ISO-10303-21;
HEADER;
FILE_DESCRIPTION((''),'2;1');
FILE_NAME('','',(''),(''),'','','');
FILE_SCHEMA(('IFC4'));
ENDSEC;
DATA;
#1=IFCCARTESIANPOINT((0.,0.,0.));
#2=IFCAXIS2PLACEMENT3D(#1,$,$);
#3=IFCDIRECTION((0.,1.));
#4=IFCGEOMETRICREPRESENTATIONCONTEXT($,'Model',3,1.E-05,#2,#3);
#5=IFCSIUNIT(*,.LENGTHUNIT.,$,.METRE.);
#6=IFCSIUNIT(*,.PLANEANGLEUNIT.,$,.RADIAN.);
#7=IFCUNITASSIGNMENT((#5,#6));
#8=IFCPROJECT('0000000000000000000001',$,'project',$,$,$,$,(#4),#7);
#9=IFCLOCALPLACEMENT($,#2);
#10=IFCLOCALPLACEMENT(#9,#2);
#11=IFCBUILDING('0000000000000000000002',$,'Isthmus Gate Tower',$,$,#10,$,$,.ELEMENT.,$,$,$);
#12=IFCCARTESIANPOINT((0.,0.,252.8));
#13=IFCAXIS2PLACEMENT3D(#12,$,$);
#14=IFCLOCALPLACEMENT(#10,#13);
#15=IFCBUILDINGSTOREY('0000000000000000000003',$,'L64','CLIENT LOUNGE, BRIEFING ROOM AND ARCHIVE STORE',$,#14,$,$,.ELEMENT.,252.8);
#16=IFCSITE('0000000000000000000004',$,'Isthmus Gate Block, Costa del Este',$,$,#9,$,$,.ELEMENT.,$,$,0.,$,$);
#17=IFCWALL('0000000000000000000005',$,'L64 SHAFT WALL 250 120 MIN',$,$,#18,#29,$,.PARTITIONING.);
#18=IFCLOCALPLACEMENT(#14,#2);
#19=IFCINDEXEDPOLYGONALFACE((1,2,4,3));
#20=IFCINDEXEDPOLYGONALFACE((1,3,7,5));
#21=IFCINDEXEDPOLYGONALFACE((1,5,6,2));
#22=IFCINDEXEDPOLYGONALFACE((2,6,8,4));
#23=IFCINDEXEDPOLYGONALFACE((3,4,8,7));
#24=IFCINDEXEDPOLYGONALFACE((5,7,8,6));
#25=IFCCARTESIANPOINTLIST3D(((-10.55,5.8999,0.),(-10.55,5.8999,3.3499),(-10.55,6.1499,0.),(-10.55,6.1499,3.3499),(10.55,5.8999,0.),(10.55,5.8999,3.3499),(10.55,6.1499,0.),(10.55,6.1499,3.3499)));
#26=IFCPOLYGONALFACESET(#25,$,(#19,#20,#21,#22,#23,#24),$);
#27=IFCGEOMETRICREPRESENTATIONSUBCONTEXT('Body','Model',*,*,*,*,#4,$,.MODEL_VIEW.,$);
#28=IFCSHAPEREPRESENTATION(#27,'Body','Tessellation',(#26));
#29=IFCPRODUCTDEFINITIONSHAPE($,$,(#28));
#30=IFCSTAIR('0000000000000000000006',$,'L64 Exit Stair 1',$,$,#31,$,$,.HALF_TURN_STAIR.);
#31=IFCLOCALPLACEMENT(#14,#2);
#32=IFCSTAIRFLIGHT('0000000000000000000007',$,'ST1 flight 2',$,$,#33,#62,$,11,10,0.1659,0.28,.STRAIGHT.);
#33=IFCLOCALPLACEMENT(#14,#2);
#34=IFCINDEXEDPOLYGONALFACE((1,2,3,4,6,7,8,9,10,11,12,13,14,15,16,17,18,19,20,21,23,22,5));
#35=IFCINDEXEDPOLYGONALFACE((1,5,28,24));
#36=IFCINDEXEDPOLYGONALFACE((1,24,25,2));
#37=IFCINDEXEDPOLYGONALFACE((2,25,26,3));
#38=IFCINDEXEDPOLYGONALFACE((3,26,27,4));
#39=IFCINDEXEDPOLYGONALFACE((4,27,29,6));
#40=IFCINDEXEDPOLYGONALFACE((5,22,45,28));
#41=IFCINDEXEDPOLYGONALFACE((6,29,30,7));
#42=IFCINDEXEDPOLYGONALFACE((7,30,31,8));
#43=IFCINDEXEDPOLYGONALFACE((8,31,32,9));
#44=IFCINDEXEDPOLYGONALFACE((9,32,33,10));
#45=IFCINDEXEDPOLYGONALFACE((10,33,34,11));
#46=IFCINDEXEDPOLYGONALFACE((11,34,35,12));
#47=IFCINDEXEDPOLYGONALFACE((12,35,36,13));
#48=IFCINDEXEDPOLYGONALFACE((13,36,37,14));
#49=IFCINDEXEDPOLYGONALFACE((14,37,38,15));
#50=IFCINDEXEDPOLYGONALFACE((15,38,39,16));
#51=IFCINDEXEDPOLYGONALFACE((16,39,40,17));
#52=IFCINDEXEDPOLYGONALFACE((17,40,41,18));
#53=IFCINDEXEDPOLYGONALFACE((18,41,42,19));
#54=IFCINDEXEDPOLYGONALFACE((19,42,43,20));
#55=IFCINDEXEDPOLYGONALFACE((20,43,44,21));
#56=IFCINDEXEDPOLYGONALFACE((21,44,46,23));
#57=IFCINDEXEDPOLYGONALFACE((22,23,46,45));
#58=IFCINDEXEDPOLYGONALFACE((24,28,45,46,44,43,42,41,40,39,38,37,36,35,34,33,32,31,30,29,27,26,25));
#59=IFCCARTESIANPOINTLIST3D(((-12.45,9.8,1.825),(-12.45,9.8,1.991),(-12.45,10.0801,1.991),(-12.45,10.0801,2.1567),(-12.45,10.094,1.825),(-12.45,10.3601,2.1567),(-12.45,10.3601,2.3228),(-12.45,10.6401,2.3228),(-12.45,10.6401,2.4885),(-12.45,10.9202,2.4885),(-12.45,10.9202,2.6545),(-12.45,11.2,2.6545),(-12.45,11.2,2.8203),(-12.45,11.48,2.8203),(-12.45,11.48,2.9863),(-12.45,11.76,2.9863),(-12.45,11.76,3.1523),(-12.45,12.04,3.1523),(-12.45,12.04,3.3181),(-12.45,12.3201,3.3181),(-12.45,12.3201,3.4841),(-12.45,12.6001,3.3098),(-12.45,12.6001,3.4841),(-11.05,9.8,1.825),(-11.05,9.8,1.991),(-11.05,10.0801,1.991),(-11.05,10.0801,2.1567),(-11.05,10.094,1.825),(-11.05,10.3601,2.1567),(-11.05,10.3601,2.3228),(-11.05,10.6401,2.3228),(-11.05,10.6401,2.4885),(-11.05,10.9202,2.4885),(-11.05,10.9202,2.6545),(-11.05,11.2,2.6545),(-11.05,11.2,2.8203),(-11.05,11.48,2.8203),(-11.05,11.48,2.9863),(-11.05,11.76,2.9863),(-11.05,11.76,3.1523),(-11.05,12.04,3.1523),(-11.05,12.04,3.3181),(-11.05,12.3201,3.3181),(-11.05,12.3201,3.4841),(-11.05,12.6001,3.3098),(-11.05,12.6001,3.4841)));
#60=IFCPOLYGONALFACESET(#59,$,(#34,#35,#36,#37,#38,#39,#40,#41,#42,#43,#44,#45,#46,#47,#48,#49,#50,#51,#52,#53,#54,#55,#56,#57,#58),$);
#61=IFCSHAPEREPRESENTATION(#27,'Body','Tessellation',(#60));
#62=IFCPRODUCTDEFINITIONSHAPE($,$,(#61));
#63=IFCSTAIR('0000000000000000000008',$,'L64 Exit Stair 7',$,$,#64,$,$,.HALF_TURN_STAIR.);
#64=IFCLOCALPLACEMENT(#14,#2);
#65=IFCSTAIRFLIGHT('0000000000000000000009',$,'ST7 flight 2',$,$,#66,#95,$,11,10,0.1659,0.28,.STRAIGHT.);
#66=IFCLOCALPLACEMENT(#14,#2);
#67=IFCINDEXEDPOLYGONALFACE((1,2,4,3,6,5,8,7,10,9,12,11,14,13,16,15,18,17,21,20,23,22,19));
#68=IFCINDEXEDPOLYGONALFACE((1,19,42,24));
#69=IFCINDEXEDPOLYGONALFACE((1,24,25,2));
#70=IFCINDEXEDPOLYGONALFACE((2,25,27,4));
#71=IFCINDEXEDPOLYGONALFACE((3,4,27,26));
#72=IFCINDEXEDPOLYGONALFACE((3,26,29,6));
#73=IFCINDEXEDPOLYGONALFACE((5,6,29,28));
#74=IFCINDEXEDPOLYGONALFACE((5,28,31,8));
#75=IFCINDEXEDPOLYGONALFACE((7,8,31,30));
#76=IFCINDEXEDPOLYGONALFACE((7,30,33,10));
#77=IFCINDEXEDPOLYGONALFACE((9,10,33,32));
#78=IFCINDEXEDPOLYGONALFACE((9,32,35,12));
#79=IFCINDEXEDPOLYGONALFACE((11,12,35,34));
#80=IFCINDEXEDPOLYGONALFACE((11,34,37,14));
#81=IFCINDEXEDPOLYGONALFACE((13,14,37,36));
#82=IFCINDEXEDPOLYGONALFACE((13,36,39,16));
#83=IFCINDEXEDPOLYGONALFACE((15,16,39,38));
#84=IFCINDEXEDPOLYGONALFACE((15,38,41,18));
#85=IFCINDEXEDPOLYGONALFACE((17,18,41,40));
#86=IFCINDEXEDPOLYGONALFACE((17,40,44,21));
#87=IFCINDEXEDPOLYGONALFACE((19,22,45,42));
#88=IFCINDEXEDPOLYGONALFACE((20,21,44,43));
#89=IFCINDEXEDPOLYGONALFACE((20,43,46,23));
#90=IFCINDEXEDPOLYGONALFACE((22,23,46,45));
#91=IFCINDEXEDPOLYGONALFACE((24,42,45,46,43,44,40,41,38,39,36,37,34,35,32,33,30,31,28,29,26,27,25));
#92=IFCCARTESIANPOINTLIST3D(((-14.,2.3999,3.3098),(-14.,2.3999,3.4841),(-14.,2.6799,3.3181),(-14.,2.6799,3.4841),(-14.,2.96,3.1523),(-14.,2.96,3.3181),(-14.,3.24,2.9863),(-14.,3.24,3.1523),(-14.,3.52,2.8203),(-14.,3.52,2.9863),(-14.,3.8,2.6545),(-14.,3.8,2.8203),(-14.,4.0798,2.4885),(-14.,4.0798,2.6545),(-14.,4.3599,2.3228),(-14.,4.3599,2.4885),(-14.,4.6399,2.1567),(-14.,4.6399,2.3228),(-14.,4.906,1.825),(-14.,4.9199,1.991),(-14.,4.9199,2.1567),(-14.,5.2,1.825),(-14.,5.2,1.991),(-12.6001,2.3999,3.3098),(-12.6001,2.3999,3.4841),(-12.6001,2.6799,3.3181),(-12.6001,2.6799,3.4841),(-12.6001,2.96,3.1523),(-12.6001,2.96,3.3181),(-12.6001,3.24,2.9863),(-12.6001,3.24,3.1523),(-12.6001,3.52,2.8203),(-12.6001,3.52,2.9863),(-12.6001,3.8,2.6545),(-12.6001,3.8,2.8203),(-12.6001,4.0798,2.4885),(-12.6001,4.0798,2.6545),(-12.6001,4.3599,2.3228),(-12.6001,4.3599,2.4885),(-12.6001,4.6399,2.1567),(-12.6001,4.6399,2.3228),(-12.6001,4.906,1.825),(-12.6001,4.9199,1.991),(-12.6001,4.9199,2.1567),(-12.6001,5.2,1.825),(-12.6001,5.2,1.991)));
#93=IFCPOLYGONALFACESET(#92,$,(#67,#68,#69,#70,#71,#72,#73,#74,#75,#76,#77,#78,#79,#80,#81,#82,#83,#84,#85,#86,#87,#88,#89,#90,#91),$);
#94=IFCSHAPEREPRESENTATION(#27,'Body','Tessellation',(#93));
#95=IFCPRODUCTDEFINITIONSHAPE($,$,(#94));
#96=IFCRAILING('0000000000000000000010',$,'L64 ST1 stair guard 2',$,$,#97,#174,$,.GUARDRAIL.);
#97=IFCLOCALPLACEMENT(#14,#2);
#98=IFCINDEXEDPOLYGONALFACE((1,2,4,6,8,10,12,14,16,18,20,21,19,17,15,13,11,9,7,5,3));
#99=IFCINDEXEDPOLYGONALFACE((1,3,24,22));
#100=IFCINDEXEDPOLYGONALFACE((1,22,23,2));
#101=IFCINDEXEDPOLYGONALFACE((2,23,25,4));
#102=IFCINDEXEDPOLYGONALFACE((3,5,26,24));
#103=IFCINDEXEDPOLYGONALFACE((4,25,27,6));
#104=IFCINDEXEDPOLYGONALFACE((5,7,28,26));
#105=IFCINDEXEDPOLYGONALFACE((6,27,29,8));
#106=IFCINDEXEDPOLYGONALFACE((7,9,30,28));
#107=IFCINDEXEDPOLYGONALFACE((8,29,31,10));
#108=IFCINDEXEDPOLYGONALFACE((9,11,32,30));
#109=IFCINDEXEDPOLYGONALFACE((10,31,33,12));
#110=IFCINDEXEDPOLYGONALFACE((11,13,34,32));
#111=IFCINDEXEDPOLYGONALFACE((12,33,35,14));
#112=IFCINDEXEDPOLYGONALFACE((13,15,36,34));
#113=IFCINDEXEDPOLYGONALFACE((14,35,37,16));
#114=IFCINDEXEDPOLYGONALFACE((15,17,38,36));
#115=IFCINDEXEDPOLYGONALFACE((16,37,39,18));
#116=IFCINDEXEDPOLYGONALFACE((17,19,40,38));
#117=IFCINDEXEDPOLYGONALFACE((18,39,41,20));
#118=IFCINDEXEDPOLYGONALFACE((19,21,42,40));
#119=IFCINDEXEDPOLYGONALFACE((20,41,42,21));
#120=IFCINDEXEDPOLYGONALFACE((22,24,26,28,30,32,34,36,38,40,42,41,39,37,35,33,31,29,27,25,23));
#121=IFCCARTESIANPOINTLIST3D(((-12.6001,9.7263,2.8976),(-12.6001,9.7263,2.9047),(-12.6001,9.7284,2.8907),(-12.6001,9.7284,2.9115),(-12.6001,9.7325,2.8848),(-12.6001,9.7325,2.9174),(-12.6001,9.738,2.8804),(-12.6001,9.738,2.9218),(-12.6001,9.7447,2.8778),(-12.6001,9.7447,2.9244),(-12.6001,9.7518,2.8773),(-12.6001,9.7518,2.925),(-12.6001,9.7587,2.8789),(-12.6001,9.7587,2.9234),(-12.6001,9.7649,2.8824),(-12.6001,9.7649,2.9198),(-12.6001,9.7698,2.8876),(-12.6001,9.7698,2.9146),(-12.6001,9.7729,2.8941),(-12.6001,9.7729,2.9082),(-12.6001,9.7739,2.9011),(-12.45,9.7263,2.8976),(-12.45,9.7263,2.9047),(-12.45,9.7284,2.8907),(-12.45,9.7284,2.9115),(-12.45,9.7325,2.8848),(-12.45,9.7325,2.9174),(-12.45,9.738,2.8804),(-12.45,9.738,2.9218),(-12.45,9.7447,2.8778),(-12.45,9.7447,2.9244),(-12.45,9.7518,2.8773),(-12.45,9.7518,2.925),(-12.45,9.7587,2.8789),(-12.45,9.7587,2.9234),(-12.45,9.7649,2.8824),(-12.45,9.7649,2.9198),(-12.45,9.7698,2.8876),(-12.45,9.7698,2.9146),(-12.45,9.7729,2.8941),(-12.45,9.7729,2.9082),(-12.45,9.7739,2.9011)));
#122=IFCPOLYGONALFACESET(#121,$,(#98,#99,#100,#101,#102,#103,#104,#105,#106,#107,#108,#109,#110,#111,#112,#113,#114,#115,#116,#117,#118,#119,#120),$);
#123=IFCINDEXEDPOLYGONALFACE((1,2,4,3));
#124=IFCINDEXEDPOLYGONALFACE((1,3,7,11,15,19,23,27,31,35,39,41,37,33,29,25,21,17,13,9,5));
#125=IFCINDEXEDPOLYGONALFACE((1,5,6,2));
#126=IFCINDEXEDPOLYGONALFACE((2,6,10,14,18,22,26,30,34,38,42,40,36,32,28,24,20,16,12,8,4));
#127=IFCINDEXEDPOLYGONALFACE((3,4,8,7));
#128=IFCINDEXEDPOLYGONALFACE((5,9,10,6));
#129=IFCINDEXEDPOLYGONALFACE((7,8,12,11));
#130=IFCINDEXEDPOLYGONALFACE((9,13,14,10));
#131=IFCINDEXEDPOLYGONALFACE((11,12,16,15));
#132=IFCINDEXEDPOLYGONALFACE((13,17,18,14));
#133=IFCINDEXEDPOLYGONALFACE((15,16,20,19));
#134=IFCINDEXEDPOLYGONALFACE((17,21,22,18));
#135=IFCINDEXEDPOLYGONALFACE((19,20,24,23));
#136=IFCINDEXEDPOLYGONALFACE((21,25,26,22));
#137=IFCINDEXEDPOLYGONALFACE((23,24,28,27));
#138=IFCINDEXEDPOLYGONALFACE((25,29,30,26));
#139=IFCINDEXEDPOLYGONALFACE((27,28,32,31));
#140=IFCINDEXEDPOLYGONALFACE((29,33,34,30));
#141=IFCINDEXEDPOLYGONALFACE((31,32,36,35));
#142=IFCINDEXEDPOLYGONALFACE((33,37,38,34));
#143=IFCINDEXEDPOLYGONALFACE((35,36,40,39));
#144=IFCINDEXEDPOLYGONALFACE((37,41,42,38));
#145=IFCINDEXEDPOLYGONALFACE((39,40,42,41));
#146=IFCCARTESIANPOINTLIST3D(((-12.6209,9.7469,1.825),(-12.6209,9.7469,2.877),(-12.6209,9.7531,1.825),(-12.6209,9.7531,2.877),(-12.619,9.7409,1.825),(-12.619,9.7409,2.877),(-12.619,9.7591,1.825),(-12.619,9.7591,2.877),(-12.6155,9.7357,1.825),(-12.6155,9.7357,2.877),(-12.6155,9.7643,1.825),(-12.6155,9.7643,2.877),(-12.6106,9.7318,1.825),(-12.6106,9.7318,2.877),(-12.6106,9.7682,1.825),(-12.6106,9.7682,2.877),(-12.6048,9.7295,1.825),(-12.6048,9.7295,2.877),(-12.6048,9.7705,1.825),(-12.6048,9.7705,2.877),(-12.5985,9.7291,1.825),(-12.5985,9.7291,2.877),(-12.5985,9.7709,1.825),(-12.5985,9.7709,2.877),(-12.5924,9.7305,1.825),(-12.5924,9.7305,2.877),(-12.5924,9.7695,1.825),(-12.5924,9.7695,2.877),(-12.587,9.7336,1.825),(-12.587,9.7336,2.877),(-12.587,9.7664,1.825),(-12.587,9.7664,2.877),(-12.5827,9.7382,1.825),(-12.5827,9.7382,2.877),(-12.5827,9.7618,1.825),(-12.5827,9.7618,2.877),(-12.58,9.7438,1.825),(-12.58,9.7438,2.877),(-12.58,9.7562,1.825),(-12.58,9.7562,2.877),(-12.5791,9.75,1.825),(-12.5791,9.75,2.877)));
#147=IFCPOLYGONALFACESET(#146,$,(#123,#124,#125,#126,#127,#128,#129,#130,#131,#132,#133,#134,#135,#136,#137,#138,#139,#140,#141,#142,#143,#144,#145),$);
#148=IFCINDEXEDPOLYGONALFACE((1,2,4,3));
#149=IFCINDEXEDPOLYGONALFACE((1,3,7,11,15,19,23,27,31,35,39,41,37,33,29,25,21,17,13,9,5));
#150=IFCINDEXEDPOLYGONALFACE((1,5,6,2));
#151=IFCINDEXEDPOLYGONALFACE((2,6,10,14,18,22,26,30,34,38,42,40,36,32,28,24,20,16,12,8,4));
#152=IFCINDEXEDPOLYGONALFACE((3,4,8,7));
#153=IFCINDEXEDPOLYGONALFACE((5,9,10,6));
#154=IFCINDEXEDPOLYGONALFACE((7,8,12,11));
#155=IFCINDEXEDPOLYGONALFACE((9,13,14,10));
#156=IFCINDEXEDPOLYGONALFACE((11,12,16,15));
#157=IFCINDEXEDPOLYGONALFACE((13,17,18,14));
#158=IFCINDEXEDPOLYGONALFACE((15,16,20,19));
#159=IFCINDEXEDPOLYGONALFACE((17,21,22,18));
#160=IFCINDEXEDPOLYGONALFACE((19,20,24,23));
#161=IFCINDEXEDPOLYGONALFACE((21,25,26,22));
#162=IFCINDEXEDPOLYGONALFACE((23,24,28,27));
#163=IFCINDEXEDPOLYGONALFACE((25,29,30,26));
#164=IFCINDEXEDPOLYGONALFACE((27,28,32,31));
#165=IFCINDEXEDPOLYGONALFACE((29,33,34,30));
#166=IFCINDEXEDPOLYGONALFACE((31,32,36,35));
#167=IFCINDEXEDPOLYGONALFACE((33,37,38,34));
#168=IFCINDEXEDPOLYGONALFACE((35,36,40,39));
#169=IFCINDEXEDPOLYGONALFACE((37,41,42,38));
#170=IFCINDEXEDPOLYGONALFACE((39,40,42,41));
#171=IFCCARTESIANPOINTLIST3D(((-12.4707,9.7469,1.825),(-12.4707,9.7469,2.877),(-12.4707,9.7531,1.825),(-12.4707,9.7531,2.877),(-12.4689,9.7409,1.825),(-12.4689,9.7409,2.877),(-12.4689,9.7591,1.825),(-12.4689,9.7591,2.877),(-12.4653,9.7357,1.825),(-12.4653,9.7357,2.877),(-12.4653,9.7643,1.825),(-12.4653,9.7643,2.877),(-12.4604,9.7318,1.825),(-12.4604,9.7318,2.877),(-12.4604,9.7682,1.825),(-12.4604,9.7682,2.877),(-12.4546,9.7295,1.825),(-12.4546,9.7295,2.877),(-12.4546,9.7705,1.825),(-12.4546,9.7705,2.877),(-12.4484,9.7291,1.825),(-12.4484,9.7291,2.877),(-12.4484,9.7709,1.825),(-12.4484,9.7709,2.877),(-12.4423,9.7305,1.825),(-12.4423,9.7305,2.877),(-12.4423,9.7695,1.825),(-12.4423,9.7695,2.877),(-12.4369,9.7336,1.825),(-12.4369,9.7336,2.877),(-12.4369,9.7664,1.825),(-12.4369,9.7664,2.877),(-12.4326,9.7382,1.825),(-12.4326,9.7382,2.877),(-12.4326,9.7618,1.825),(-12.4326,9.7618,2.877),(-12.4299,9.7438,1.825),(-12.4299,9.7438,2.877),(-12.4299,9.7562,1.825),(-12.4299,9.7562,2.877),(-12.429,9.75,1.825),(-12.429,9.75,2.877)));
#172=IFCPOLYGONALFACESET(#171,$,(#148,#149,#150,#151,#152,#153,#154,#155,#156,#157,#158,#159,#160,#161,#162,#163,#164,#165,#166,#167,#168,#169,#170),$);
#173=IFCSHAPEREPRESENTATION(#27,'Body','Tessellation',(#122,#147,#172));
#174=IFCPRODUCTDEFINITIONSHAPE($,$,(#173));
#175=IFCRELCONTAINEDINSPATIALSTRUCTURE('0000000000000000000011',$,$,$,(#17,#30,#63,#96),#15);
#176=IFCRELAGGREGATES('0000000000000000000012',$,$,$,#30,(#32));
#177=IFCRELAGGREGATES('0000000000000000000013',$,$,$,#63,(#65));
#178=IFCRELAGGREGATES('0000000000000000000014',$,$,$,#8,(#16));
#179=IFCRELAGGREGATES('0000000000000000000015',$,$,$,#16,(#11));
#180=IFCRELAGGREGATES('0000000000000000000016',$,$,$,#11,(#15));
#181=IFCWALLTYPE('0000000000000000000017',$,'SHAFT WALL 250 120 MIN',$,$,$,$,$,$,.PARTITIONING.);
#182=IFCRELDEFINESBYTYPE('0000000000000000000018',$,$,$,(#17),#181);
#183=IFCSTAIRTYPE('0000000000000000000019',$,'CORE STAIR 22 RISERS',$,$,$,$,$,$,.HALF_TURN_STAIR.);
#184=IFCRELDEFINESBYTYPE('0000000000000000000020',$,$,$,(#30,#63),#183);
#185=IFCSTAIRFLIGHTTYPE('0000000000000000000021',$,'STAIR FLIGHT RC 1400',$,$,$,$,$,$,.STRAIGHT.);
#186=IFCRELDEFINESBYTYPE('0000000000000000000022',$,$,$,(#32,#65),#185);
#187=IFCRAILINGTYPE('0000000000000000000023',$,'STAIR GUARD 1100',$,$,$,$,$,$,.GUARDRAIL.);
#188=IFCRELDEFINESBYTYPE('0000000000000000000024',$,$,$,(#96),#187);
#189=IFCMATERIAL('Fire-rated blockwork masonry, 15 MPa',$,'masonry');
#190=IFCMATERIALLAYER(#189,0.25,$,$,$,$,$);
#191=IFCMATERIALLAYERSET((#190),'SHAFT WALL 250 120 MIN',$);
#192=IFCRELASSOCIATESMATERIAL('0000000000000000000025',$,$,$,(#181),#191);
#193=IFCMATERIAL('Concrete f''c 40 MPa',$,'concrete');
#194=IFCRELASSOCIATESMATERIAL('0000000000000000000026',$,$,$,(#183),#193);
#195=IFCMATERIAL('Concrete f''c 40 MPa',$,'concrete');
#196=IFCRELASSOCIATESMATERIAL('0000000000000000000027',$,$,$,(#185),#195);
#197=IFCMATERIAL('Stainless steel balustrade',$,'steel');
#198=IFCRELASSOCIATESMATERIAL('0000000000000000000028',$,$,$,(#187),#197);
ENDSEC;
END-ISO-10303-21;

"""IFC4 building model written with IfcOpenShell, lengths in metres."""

from ifc_helpers import new_model, si_unit, direction, frame, frame_2d, origin, origin_2d, place, context, subcontext, project, spatial, polyline, rectangle, circle, outline, extrude, material, layer, layer_set, type_object, element, aggregate, save


model = new_model("IFC4")

# Units and contexts
model_context = context("Model", 3, precision=1e-05, world=origin(), true_north=direction((0.0, 1.0)))
body_context = subcontext(model_context, "Body", "Model", "MODEL_VIEW")
ifc_project = project(units=[si_unit("LENGTHUNIT", "METRE"), si_unit("PLANEANGLEUNIT", "RADIAN")], contexts=[model_context])

# Site, building, storey
site_placement = place(None, origin())
site = spatial("IfcSite", under=ifc_project, at=site_placement, Name="Isthmus Gate Block, Costa del Este", CompositionType="ELEMENT", RefElevation=0.0)
building_placement = place(site_placement, origin())
building = spatial("IfcBuilding", under=site, at=building_placement, Name="Isthmus Gate Tower", CompositionType="ELEMENT")
storey_placement = place(building_placement, frame((0.0, 0.0, 252.8)))
storey = spatial("IfcBuildingStorey", under=building, at=storey_placement, Name="L64", Description="CLIENT LOUNGE, BRIEFING ROOM AND ARCHIVE STORE", CompositionType="ELEMENT", Elevation=252.8)

# Wall
ifc_material_1 = material(Name="Fire-rated blockwork masonry, 15 MPa", Category="masonry")
ifc_layer_1 = layer(ifc_material_1, 0.25)
ifc_layer_set_1 = layer_set([ifc_layer_1], Name="SHAFT WALL 250 120 MIN")
wall_type_1 = type_object("IfcWallType", Name="SHAFT WALL 250 120 MIN", PredefinedType="PARTITIONING", material=ifc_layer_set_1)
wall_1_placement = place(storey_placement, frame((-10.55, 6.0249, 0.0), z_axis=(0.0, 0.0, 1.0), x_axis=(1.0, 0.0, 0.0)))
element("IfcWall", 1, at=wall_1_placement, inside=storey, type_object=wall_type_1, Name="L64 SHAFT WALL 250 120 MIN", PredefinedType="PARTITIONING", context=body_context, shape_type="SweptSolid", body=[
    extrude(rectangle(XDim=21.1001, YDim=0.25, at=frame_2d((10.55, 0.0))), origin(), (0.0, 0.0, 1.0), 3.3499),
])

# Stairs, stair flights
ifc_material_2 = material(Name="Concrete f'c 40 MPa", Category="concrete")
stair_type = type_object("IfcStairType", Name="CORE STAIR 22 RISERS", PredefinedType="HALF_TURN_STAIR", material=ifc_material_2)
stair_1_placement = place(storey_placement, origin())
stair_1 = element("IfcStair", 2, at=stair_1_placement, inside=storey, type_object=stair_type, Name="L64 Exit Stair 1", PredefinedType="HALF_TURN_STAIR")
ifc_material_3 = material(Name="Concrete f'c 40 MPa", Category="concrete")
stair_flight_type = type_object("IfcStairFlightType", Name="STAIR FLIGHT RC 1400", PredefinedType="STRAIGHT", material=ifc_material_3)
stair_flight_1_placement = place(storey_placement, frame((-11.75, 9.8, 1.825), z_axis=(0.0, 0.0, 1.0), x_axis=(0.0, 1.0, 0.0)))
stair_flight_1 = element("IfcStairFlight", 3, at=stair_flight_1_placement, type_object=stair_flight_type, Name="ST1 flight 2", NumberOfRisers=11, NumberOfTreads=10, PredefinedType="STRAIGHT", RiserHeight=0.1659, TreadLength=0.28, context=body_context, shape_type="SweptSolid", body=[
    extrude(outline(polyline([(0.0, 0.0), (0.0, 0.166), (0.28, 0.166), (0.28, 0.3318), (0.5601, 0.3318), (0.5601, 0.4978), (0.8401, 0.4978), (0.8401, 0.6636), (1.1201, 0.6636), (1.1201, 0.8296), (1.3999, 0.8296), (1.3999, 0.9954), (1.6799, 0.9954), (1.6799, 1.1614), (1.96, 1.1614), (1.96, 1.3274), (2.24, 1.3274), (2.24, 1.4932), (2.52, 1.4932), (2.52, 1.6592), (2.8, 1.6592), (2.8, 1.825), (2.8, 1.4849), (0.2939, 0.0), (0.0, 0.0)])), frame((0.0, 0.7, 0.0), z_axis=(0.0, -1.0, 0.0), x_axis=(1.0, 0.0, 0.0)), (0.0, 0.0, 1.0), 1.3999),
])
aggregate(stair_1, [stair_flight_1])
stair_2_placement = place(storey_placement, origin())
stair_2 = element("IfcStair", 4, at=stair_2_placement, inside=storey, type_object=stair_type, Name="L64 Exit Stair 7", PredefinedType="HALF_TURN_STAIR")
stair_flight_2_placement = place(storey_placement, frame((-13.3, 5.2, 1.825), z_axis=(0.0, 0.0, 1.0), x_axis=(0.0, -1.0, 0.0)))
stair_flight_2 = element("IfcStairFlight", 5, at=stair_flight_2_placement, type_object=stair_flight_type, Name="ST7 flight 2", NumberOfRisers=11, NumberOfTreads=10, PredefinedType="STRAIGHT", RiserHeight=0.1659, TreadLength=0.28, context=body_context, shape_type="SweptSolid", body=[
    extrude(outline(polyline([(0.0, 0.0), (0.0, 0.166), (0.28, 0.166), (0.28, 0.3318), (0.5601, 0.3318), (0.5601, 0.4978), (0.8401, 0.4978), (0.8401, 0.6636), (1.1201, 0.6636), (1.1201, 0.8296), (1.3999, 0.8296), (1.3999, 0.9954), (1.6799, 0.9954), (1.6799, 1.1614), (1.96, 1.1614), (1.96, 1.3274), (2.24, 1.3274), (2.24, 1.4932), (2.52, 1.4932), (2.52, 1.6592), (2.8, 1.6592), (2.8, 1.825), (2.8, 1.4849), (0.2939, 0.0), (0.0, 0.0)])), frame((0.0, 0.7, 0.0), z_axis=(0.0, -1.0, 0.0), x_axis=(1.0, 0.0, 0.0)), (0.0, 0.0, 1.0), 1.3999),
])
aggregate(stair_2, [stair_flight_2])

# Railing
ifc_material_4 = material(Name="Stainless steel balustrade", Category="steel")
railing_type_1 = type_object("IfcRailingType", Name="STAIR GUARD 1100", PredefinedType="GUARDRAIL", material=ifc_material_4)
railing_1_placement = place(storey_placement, frame((-12.6001, 9.75, 1.825)))
element("IfcRailing", 6, at=railing_1_placement, inside=storey, type_object=railing_type_1, Name="L64 ST1 stair guard 2", PredefinedType="GUARDRAIL", context=body_context, shape_type="SweptSolid", body=[
    extrude(circle(Radius=0.0239, at=origin_2d()), frame((0.0, 0.0, 1.0762), z_axis=(1.0, 0.0, 0.0), x_axis=(0.0, 1.0, 0.0)), (0.0, 0.0, 1.0), 0.1501),
    extrude(circle(Radius=0.021, at=origin_2d()), origin(), (0.0, 0.0, 1.0), 1.052),
    extrude(circle(Radius=0.021, at=origin_2d()), frame((0.1501, 0.0, 0.0)), (0.0, 0.0, 1.0), 1.052),
])

save(model, "model.ifc")
